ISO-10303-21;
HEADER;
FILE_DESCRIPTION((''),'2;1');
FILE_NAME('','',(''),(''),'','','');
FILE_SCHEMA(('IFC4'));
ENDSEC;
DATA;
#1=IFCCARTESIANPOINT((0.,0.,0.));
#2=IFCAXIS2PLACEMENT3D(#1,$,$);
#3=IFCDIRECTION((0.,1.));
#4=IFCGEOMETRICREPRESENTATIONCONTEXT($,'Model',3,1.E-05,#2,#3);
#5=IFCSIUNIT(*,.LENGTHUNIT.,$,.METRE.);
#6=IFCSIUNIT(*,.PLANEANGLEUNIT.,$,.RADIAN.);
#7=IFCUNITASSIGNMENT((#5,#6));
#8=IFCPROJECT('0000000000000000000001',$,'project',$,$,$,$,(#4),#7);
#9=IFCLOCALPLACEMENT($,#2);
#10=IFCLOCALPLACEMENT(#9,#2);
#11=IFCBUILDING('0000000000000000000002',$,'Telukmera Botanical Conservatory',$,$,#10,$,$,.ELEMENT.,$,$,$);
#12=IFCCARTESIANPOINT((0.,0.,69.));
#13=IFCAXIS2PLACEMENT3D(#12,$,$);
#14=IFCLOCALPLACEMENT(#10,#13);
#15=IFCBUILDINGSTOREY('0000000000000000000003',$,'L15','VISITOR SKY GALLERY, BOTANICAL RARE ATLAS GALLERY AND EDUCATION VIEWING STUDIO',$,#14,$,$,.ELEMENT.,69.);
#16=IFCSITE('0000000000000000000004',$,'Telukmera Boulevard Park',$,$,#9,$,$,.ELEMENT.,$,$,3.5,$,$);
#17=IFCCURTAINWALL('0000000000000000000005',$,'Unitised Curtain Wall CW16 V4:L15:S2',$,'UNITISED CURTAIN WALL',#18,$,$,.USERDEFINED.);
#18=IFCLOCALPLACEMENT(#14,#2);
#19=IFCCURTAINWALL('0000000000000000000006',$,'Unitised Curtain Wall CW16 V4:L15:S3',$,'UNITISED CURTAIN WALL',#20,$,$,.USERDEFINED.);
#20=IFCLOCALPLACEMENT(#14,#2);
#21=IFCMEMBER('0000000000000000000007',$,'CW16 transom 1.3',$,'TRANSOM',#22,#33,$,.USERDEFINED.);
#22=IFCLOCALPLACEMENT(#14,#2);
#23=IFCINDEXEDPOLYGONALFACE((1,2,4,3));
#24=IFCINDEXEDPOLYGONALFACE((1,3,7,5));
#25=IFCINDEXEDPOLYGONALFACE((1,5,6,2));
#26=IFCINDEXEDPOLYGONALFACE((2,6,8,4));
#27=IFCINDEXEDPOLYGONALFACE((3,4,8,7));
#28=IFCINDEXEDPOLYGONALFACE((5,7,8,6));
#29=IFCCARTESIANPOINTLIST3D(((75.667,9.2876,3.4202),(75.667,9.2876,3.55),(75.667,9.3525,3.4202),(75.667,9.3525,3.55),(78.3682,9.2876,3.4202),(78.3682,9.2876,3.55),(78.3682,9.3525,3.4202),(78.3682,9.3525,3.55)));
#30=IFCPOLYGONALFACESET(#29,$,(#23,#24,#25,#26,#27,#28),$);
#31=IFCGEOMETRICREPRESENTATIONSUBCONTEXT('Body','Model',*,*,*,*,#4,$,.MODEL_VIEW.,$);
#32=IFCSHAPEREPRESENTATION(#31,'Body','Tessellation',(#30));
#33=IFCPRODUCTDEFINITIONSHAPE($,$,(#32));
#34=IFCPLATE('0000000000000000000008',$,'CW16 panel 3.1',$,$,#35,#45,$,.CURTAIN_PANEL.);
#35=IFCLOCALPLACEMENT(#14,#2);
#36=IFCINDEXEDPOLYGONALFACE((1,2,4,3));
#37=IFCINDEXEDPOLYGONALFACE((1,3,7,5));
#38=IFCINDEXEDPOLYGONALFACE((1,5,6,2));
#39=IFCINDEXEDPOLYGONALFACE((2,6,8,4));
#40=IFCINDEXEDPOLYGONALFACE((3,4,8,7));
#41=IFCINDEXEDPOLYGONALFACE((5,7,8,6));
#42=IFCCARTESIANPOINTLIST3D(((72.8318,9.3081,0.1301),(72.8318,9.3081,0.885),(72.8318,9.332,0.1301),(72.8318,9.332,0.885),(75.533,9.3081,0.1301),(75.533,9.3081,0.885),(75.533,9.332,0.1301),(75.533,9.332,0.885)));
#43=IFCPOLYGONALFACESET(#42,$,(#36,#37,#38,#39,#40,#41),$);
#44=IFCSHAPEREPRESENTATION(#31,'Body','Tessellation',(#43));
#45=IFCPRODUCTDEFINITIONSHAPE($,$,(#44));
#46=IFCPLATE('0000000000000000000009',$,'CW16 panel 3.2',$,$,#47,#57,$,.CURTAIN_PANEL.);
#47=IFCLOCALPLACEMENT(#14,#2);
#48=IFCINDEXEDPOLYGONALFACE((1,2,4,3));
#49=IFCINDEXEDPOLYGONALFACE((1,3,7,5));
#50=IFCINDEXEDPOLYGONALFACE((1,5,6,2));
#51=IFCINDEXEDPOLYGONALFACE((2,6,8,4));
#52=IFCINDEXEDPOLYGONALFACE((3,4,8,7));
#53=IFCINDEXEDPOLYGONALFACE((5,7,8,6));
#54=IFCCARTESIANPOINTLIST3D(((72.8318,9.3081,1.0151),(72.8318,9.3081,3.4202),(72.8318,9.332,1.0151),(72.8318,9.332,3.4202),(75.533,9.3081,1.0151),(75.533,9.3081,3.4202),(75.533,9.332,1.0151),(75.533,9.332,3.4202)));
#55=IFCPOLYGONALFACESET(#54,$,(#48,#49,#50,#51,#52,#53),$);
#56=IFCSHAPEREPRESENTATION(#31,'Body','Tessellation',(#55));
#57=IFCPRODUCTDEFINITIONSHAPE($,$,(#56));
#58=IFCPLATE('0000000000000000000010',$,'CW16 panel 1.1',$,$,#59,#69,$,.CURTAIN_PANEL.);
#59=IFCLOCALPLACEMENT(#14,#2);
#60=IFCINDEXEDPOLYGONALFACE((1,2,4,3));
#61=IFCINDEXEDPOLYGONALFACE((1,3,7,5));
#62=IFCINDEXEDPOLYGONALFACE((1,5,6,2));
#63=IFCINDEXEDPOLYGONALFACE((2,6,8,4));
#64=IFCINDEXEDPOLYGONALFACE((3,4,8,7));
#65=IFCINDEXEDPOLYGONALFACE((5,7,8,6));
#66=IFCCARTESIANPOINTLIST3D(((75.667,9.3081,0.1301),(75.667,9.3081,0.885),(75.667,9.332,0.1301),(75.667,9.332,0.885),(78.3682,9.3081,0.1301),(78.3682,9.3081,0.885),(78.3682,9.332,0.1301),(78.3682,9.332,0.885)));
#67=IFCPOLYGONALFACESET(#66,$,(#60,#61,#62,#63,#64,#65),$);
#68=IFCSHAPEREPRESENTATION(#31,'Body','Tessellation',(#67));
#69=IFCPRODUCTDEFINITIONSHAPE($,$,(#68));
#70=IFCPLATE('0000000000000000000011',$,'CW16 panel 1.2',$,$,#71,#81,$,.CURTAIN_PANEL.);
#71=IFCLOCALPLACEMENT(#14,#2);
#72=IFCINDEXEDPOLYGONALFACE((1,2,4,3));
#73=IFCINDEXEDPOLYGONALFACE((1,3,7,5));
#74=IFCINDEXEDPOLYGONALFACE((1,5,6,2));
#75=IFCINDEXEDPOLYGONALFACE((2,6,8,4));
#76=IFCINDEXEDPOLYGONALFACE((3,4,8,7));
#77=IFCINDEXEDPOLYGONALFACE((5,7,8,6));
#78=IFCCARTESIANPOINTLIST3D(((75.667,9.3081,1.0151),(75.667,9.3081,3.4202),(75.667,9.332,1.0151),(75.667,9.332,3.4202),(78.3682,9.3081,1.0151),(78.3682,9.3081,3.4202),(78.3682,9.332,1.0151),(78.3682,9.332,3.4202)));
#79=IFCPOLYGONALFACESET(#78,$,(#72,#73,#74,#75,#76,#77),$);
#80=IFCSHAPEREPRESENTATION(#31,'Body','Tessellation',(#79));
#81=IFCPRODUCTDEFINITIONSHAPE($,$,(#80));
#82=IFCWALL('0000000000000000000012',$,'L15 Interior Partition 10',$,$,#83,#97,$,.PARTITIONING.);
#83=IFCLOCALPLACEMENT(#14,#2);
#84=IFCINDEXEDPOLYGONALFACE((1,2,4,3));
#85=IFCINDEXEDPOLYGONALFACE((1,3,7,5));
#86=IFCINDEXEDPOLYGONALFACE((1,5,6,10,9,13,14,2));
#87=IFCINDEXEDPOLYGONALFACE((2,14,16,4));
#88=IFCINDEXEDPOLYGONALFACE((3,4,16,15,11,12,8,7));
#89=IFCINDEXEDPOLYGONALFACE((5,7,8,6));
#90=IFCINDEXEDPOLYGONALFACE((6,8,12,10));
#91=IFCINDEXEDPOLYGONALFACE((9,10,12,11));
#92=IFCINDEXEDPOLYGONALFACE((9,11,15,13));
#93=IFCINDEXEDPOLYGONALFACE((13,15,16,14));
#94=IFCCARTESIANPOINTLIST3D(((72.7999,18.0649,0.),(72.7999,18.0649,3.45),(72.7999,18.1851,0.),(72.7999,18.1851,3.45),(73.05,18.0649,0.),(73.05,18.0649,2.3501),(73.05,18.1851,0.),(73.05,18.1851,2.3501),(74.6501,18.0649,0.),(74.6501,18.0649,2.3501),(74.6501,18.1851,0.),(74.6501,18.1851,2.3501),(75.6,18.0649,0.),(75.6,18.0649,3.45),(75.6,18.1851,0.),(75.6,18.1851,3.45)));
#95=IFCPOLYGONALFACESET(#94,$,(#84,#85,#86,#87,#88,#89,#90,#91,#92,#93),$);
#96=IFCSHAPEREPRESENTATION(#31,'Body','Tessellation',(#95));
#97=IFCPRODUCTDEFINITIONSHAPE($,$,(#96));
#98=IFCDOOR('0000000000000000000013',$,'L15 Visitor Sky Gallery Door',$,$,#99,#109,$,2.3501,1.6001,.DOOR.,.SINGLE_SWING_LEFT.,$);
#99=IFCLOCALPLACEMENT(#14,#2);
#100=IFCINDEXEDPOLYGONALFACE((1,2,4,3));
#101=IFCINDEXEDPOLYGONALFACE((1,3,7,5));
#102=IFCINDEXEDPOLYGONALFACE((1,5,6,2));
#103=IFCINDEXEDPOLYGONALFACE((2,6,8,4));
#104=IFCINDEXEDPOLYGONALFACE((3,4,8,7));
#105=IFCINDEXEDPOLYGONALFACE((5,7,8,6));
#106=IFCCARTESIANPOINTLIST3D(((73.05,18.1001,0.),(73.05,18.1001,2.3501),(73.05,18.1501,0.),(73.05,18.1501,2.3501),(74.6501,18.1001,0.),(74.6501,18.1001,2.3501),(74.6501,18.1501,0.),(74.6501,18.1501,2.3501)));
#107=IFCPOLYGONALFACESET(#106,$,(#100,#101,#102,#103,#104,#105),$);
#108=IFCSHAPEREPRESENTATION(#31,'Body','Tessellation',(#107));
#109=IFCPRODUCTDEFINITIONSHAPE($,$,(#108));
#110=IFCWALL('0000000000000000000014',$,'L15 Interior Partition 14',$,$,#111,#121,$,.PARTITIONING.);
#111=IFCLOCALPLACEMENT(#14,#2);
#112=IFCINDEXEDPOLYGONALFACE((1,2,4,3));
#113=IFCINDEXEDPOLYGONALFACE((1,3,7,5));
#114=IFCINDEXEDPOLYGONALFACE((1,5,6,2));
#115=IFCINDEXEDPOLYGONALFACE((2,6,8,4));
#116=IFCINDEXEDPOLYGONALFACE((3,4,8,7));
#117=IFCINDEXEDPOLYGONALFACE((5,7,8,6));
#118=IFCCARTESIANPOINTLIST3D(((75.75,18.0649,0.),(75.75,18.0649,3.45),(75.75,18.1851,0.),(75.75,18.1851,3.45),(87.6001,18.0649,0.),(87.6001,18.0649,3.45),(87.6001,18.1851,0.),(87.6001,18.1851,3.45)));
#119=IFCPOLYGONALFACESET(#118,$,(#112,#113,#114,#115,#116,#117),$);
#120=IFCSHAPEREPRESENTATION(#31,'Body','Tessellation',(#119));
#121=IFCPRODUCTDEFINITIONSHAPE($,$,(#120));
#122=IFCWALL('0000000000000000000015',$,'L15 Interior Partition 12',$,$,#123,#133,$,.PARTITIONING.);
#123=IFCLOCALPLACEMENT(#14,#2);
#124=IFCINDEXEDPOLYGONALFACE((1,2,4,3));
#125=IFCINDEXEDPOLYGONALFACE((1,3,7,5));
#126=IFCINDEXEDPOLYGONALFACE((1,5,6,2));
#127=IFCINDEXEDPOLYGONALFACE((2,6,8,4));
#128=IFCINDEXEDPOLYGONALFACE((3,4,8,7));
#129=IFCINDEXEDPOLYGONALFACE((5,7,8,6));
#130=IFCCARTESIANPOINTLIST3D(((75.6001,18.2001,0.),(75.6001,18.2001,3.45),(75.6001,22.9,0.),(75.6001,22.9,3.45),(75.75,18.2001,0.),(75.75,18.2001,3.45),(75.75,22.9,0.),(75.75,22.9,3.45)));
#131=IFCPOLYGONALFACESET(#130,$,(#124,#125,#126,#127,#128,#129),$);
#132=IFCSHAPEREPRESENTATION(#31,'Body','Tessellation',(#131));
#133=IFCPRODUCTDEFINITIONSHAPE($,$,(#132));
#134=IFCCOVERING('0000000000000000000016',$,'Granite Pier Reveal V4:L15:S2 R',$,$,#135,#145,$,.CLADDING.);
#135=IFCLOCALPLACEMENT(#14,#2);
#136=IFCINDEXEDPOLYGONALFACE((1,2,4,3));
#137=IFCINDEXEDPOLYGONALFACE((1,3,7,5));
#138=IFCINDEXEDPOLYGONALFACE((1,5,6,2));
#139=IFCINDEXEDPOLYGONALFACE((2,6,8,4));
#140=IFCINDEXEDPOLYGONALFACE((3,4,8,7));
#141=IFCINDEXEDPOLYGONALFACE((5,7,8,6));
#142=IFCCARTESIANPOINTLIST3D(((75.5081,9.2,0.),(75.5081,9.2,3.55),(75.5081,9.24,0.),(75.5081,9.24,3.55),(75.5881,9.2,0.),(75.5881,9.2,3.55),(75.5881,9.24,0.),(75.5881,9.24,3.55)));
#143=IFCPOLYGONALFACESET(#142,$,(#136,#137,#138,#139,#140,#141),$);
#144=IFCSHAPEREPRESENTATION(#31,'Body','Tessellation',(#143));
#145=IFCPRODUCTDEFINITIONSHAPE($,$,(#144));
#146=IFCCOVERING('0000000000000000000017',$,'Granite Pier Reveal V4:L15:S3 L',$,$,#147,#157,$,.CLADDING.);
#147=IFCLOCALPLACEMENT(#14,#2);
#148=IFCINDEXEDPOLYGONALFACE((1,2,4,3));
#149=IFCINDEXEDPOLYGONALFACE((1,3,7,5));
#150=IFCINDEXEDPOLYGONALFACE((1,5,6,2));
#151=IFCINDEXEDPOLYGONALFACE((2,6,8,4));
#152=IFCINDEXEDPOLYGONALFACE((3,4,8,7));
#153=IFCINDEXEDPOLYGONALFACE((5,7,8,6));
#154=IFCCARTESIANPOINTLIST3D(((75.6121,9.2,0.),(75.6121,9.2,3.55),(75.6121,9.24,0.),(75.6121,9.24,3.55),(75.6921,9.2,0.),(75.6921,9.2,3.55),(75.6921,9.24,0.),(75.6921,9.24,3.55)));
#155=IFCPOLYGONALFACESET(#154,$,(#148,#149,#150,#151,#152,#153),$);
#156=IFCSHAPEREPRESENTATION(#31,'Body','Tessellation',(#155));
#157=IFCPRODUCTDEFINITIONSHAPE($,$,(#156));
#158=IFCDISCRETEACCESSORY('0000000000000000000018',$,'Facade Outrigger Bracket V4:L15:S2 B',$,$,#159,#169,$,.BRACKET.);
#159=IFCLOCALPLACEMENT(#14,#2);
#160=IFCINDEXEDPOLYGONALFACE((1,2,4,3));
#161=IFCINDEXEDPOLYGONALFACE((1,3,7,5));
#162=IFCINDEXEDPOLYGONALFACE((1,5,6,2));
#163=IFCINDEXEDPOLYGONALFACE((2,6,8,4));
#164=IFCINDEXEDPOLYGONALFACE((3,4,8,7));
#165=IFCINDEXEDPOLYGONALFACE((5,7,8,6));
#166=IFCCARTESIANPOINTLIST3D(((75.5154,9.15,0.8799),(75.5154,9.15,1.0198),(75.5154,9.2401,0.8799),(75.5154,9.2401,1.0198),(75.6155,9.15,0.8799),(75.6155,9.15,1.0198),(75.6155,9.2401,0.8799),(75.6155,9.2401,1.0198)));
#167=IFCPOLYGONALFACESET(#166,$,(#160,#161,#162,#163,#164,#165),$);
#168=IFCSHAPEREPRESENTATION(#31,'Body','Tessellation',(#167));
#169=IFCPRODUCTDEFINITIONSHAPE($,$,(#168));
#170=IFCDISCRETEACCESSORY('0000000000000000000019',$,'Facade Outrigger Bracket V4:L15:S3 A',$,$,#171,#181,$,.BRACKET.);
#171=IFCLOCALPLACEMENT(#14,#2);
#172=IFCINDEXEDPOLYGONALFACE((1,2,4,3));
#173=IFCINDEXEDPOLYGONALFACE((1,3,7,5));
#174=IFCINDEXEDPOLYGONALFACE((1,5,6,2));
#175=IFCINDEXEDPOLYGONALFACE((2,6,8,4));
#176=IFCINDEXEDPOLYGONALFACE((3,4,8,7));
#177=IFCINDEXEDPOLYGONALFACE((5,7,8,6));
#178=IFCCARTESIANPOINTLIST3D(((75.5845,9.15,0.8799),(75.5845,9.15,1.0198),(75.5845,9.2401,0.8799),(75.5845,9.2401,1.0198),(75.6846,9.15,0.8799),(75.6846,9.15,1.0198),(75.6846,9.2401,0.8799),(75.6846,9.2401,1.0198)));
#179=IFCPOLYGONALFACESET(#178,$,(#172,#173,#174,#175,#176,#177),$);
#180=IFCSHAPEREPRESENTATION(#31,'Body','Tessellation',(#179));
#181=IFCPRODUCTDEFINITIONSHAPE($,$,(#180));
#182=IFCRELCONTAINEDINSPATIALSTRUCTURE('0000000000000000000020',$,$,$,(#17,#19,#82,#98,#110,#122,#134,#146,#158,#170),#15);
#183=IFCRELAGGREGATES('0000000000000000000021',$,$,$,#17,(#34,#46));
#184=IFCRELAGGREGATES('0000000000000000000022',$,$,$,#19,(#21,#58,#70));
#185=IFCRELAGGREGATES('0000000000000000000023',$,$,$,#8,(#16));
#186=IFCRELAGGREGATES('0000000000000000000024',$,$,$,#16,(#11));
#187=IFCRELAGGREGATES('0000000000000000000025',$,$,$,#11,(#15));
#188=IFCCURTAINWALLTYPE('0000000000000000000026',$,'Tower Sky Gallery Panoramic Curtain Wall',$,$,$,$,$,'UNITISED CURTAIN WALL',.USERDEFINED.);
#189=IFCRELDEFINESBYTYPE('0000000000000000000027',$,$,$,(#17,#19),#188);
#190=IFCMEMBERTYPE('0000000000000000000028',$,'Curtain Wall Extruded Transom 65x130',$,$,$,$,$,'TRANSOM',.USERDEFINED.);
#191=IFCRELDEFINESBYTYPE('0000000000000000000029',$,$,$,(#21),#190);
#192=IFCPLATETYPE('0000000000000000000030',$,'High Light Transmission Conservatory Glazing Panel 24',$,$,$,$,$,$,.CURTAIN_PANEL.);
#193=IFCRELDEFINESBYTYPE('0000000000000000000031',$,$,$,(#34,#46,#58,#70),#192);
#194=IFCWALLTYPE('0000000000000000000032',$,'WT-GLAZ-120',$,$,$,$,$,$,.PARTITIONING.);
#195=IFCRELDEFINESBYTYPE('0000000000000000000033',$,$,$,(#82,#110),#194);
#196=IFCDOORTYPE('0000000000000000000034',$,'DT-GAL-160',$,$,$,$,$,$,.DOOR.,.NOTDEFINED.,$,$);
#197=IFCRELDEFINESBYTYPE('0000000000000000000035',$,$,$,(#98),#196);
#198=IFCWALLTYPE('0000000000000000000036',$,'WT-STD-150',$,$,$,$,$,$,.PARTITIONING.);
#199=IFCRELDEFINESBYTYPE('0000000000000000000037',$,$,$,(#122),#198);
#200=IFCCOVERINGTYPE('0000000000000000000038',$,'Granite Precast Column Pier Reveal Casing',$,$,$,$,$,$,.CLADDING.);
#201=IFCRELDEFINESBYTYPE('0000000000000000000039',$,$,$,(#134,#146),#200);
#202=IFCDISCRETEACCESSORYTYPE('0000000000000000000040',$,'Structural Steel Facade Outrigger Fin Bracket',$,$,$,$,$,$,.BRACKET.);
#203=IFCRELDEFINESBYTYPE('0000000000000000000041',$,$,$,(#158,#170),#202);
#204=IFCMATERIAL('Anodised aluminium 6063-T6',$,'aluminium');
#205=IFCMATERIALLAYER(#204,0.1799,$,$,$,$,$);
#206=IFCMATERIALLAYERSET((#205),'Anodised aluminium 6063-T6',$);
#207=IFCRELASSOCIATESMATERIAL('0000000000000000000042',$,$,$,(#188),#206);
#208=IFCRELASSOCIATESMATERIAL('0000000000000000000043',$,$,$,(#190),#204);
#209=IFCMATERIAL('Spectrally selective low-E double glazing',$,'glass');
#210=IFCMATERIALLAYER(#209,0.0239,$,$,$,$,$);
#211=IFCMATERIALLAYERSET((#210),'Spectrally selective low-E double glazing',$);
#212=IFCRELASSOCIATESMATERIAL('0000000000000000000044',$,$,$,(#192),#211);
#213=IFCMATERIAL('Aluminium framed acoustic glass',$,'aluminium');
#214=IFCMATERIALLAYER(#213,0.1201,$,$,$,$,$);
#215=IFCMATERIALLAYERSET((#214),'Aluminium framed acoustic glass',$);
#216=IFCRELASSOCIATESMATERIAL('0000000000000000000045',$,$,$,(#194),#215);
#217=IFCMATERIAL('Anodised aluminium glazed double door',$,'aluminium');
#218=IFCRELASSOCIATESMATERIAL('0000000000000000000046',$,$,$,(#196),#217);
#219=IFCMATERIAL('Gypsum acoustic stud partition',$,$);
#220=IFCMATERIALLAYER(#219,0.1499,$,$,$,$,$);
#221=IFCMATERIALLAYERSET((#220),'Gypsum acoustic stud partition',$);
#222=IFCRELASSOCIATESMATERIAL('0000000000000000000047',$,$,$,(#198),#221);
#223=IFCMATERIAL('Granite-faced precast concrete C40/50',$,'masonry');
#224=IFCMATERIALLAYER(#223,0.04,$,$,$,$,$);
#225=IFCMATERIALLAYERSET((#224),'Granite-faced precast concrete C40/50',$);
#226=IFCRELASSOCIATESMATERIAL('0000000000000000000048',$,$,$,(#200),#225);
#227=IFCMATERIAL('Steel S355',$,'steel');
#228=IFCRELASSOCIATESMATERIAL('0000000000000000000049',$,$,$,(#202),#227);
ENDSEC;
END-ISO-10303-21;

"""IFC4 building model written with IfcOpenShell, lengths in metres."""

from ifc_helpers import new_model, si_unit, direction, frame, frame_2d, origin, origin_2d, place, context, subcontext, project, spatial, rectangle, extrude, material, layer, layer_set, material_profile, profile_set, type_object, element, fill, aggregate, save


model = new_model("IFC4")

# Units and contexts
model_context = context("Model", 3, precision=1e-05, world=origin(), true_north=direction((0.0, 1.0)))
body_context = subcontext(model_context, "Body", "Model", "MODEL_VIEW")
ifc_project = project(units=[si_unit("LENGTHUNIT", "METRE"), si_unit("PLANEANGLEUNIT", "RADIAN")], contexts=[model_context])

# Site, building, storey
site_placement = place(None, origin())
site = spatial("IfcSite", under=ifc_project, at=site_placement, Name="Telukmera Boulevard Park", CompositionType="ELEMENT", RefElevation=3.5)
building_placement = place(site_placement, origin())
building = spatial("IfcBuilding", under=site, at=building_placement, Name="Telukmera Botanical Conservatory", CompositionType="ELEMENT")
storey_placement = place(building_placement, frame((0.0, 0.0, 69.0)))
storey = spatial("IfcBuildingStorey", under=building, at=storey_placement, Name="L15", Description="VISITOR SKY GALLERY, BOTANICAL RARE ATLAS GALLERY AND EDUCATION VIEWING STUDIO", CompositionType="ELEMENT", Elevation=69.0)

# Curtain walls
ifc_material_1 = material(Name="Anodised aluminium 6063-T6", Category="aluminium")
ifc_layer_1 = layer(ifc_material_1, 0.1799)
ifc_layer_set_1 = layer_set([ifc_layer_1], Name="Anodised aluminium 6063-T6")
curtain_wall_type = type_object("IfcCurtainWallType", Name="Tower Sky Gallery Panoramic Curtain Wall", ElementType="UNITISED CURTAIN WALL", PredefinedType="USERDEFINED", material=ifc_layer_set_1)
curtain_wall_1_placement = place(storey_placement, origin())
curtain_wall_1 = element("IfcCurtainWall", 1, at=curtain_wall_1_placement, inside=storey, type_object=curtain_wall_type, Name="Unitised Curtain Wall CW16 V4:L15:S2", ObjectType="UNITISED CURTAIN WALL", PredefinedType="USERDEFINED")
curtain_wall_2_placement = place(storey_placement, origin())
curtain_wall_2 = element("IfcCurtainWall", 2, at=curtain_wall_2_placement, inside=storey, type_object=curtain_wall_type, Name="Unitised Curtain Wall CW16 V4:L15:S3", ObjectType="UNITISED CURTAIN WALL", PredefinedType="USERDEFINED")

# Member
ifc_material_profile_1 = material_profile(ifc_material_1, rectangle(XDim=0.0649, YDim=0.1299, at=origin_2d()), Name="ALU TRAN 65x130")
ifc_profile_set_1 = profile_set([ifc_material_profile_1], Name="Anodised aluminium 6063-T6")
member_type_1 = type_object("IfcMemberType", Name="Curtain Wall Extruded Transom 65x130", ElementType="TRANSOM", PredefinedType="USERDEFINED", material=ifc_profile_set_1)
member_1_placement = place(storey_placement, frame((75.667, 9.3201, 3.4851), z_axis=(1.0, 0.0, 0.0), x_axis=(0.0, 1.0, 0.0)))
member_1 = element("IfcMember", 3, at=member_1_placement, type_object=member_type_1, Name="CW16 transom 1.3", ObjectType="TRANSOM", PredefinedType="USERDEFINED", context=body_context, shape_type="SweptSolid", body=[
    extrude(rectangle(XDim=0.0649, YDim=0.1299, at=origin_2d()), origin(), (0.0, 0.0, 1.0), 2.7012),
])

# Plates
ifc_material_2 = material(Name="Spectrally selective low-E double glazing", Category="glass")
ifc_layer_2 = layer(ifc_material_2, 0.0239)
ifc_layer_set_2 = layer_set([ifc_layer_2], Name="Spectrally selective low-E double glazing")
plate_type = type_object("IfcPlateType", Name="High Light Transmission Conservatory Glazing Panel 24", PredefinedType="CURTAIN_PANEL", material=ifc_layer_set_2)
plate_1_placement = place(storey_placement, frame((74.1824, 9.3201, 0.1301), z_axis=(0.0, 0.0, 1.0), x_axis=(1.0, 0.0, 0.0)))
plate_1 = element("IfcPlate", 4, at=plate_1_placement, type_object=plate_type, Name="CW16 panel 3.1", PredefinedType="CURTAIN_PANEL", context=body_context, shape_type="SweptSolid", body=[
    extrude(rectangle(XDim=2.7012, YDim=0.0239, at=origin_2d()), origin(), (0.0, 0.0, 1.0), 0.7549),
])
plate_2_placement = place(storey_placement, frame((74.1824, 9.3201, 1.0151), z_axis=(0.0, 0.0, 1.0), x_axis=(1.0, 0.0, 0.0)))
plate_2 = element("IfcPlate", 5, at=plate_2_placement, type_object=plate_type, Name="CW16 panel 3.2", PredefinedType="CURTAIN_PANEL", context=body_context, shape_type="SweptSolid", body=[
    extrude(rectangle(XDim=2.7012, YDim=0.0239, at=origin_2d()), origin(), (0.0, 0.0, 1.0), 2.405),
])
aggregate(curtain_wall_1, [plate_1, plate_2])
plate_3_placement = place(storey_placement, frame((77.0176, 9.3201, 0.1301), z_axis=(0.0, 0.0, 1.0), x_axis=(1.0, 0.0, 0.0)))
plate_3 = element("IfcPlate", 6, at=plate_3_placement, type_object=plate_type, Name="CW16 panel 1.1", PredefinedType="CURTAIN_PANEL", context=body_context, shape_type="SweptSolid", body=[
    extrude(rectangle(XDim=2.7012, YDim=0.0239, at=origin_2d()), origin(), (0.0, 0.0, 1.0), 0.7549),
])
plate_4_placement = place(storey_placement, frame((77.0176, 9.3201, 1.0151), z_axis=(0.0, 0.0, 1.0), x_axis=(1.0, 0.0, 0.0)))
plate_4 = element("IfcPlate", 7, at=plate_4_placement, type_object=plate_type, Name="CW16 panel 1.2", PredefinedType="CURTAIN_PANEL", context=body_context, shape_type="SweptSolid", body=[
    extrude(rectangle(XDim=2.7012, YDim=0.0239, at=origin_2d()), origin(), (0.0, 0.0, 1.0), 2.405),
])
aggregate(curtain_wall_2, [member_1, plate_3, plate_4])

# Wall, opening, door
ifc_material_3 = material(Name="Aluminium framed acoustic glass", Category="aluminium")
ifc_layer_3 = layer(ifc_material_3, 0.1201)
ifc_layer_set_3 = layer_set([ifc_layer_3], Name="Aluminium framed acoustic glass")
wall_type_1 = type_object("IfcWallType", Name="WT-GLAZ-120", PredefinedType="PARTITIONING", material=ifc_layer_set_3)
wall_1_placement = place(storey_placement, frame((72.8, 18.125, 0.0), z_axis=(0.0, 0.0, 1.0), x_axis=(1.0, 0.0, 0.0)))
wall_1 = element("IfcWall", 8, at=wall_1_placement, inside=storey, type_object=wall_type_1, Name="L15 Interior Partition 10", PredefinedType="PARTITIONING", context=body_context, shape_type="SweptSolid", body=[
    extrude(rectangle(XDim=2.8, YDim=0.1201, at=frame_2d((1.3999, 0.0))), origin(), (0.0, 0.0, 1.0), 3.45),
])
opening_placement = place(wall_1_placement, frame((0.25, 0.0, 0.0)))
opening = element("IfcOpeningElement", 9, at=opening_placement, cuts=wall_1, PredefinedType="OPENING", context=body_context, shape_type="SweptSolid", body=[
    extrude(rectangle(XDim=1.6001, YDim=2.3501, at=frame_2d((0.8, 1.175))), frame((0.0, 0.0701, 0.0), z_axis=(0.0, -1.0, 0.0), x_axis=(1.0, 0.0, 0.0)), (0.0, 0.0, 1.0), 0.1401),
])
ifc_material_4 = material(Name="Anodised aluminium glazed double door", Category="aluminium")
door_type = type_object("IfcDoorType", Name="DT-GAL-160", OperationType="NOTDEFINED", PredefinedType="DOOR", material=ifc_material_4)
door_placement = place(opening_placement, frame((1.6001, 0.0, 0.0), z_axis=(0.0, 0.0, 1.0), x_axis=(-1.0, 0.0, 0.0)))
door = element("IfcDoor", 10, at=door_placement, inside=storey, type_object=door_type, Name="L15 Visitor Sky Gallery Door", OperationType="SINGLE_SWING_LEFT", OverallHeight=2.3501, OverallWidth=1.6001, PredefinedType="DOOR", context=body_context, shape_type="SweptSolid", body=[
    extrude(rectangle(XDim=1.6001, YDim=2.3501, at=frame_2d((0.8, 1.175))), frame((0.0, 0.0249, 0.0), z_axis=(0.0, -1.0, 0.0), x_axis=(1.0, 0.0, 0.0)), (0.0, 0.0, 1.0), 0.05),
])
fill(opening, door)

# Walls
wall_2_placement = place(storey_placement, frame((75.75, 18.125, 0.0), z_axis=(0.0, 0.0, 1.0), x_axis=(1.0, 0.0, 0.0)))
element("IfcWall", 11, at=wall_2_placement, inside=storey, type_object=wall_type_1, Name="L15 Interior Partition 14", PredefinedType="PARTITIONING", context=body_context, shape_type="SweptSolid", body=[
    extrude(rectangle(XDim=11.8501, YDim=0.1201, at=frame_2d((5.925, 0.0))), origin(), (0.0, 0.0, 1.0), 3.45),
])
ifc_material_5 = material(Name="Gypsum acoustic stud partition")
ifc_layer_4 = layer(ifc_material_5, 0.1499)
ifc_layer_set_4 = layer_set([ifc_layer_4], Name="Gypsum acoustic stud partition")
wall_type_2 = type_object("IfcWallType", Name="WT-STD-150", PredefinedType="PARTITIONING", material=ifc_layer_set_4)
wall_3_placement = place(storey_placement, frame((75.675, 18.2, 0.0), z_axis=(0.0, 0.0, 1.0), x_axis=(0.0, 1.0, 0.0)))
element("IfcWall", 12, at=wall_3_placement, inside=storey, type_object=wall_type_2, Name="L15 Interior Partition 12", PredefinedType="PARTITIONING", context=body_context, shape_type="SweptSolid", body=[
    extrude(rectangle(XDim=4.7, YDim=0.1499, at=frame_2d((2.3501, 0.0))), origin(), (0.0, 0.0, 1.0), 3.45),
])

# Coverings
ifc_material_6 = material(Name="Granite-faced precast concrete C40/50", Category="masonry")
ifc_layer_5 = layer(ifc_material_6, 0.04)
ifc_layer_set_5 = layer_set([ifc_layer_5], Name="Granite-faced precast concrete C40/50")
covering_type = type_object("IfcCoveringType", Name="Granite Precast Column Pier Reveal Casing", PredefinedType="CLADDING", material=ifc_layer_set_5)
for number, where, z_axis, x_axis, name in (
    (13, (75.5481, 9.22, 0.0), (0.0, 0.0, 1.0), (1.0, 0.0, 0.0), "Granite Pier Reveal V4:L15:S2 R"),
    (14, (75.6521, 9.22, 0.0), (0.0, 0.0, 1.0), (1.0, 0.0, 0.0), "Granite Pier Reveal V4:L15:S3 L"),
):
    element("IfcCovering", number, at=place(storey_placement, frame(where, z_axis=z_axis, x_axis=x_axis)), inside=storey, type_object=covering_type, Name=name, PredefinedType="CLADDING", context=body_context, shape_type="SweptSolid", body=[
        extrude(rectangle(XDim=0.0801, YDim=0.04, at=origin_2d()), origin(), (0.0, 0.0, 1.0), 3.55),
    ])

# Discrete accessories
ifc_material_7 = material(Name="Steel S355", Category="steel")
discrete_accessory_type = type_object("IfcDiscreteAccessoryType", Name="Structural Steel Facade Outrigger Fin Bracket", PredefinedType="BRACKET", material=ifc_material_7)
for number, where, z_axis, x_axis, name in (
    (15, (75.5654, 9.1951, 0.8799), (0.0, 0.0, 1.0), (1.0, 0.0, 0.0), "Facade Outrigger Bracket V4:L15:S2 B"),
    (16, (75.6345, 9.1951, 0.8799), (0.0, 0.0, 1.0), (1.0, 0.0, 0.0), "Facade Outrigger Bracket V4:L15:S3 A"),
):
    element("IfcDiscreteAccessory", number, at=place(storey_placement, frame(where, z_axis=z_axis, x_axis=x_axis)), inside=storey, type_object=discrete_accessory_type, Name=name, PredefinedType="BRACKET", context=body_context, shape_type="SweptSolid", body=[
        extrude(rectangle(XDim=0.1001, YDim=0.0901, at=origin_2d()), origin(), (0.0, 0.0, 1.0), 0.1399),
    ])

save(model, "model.ifc")
